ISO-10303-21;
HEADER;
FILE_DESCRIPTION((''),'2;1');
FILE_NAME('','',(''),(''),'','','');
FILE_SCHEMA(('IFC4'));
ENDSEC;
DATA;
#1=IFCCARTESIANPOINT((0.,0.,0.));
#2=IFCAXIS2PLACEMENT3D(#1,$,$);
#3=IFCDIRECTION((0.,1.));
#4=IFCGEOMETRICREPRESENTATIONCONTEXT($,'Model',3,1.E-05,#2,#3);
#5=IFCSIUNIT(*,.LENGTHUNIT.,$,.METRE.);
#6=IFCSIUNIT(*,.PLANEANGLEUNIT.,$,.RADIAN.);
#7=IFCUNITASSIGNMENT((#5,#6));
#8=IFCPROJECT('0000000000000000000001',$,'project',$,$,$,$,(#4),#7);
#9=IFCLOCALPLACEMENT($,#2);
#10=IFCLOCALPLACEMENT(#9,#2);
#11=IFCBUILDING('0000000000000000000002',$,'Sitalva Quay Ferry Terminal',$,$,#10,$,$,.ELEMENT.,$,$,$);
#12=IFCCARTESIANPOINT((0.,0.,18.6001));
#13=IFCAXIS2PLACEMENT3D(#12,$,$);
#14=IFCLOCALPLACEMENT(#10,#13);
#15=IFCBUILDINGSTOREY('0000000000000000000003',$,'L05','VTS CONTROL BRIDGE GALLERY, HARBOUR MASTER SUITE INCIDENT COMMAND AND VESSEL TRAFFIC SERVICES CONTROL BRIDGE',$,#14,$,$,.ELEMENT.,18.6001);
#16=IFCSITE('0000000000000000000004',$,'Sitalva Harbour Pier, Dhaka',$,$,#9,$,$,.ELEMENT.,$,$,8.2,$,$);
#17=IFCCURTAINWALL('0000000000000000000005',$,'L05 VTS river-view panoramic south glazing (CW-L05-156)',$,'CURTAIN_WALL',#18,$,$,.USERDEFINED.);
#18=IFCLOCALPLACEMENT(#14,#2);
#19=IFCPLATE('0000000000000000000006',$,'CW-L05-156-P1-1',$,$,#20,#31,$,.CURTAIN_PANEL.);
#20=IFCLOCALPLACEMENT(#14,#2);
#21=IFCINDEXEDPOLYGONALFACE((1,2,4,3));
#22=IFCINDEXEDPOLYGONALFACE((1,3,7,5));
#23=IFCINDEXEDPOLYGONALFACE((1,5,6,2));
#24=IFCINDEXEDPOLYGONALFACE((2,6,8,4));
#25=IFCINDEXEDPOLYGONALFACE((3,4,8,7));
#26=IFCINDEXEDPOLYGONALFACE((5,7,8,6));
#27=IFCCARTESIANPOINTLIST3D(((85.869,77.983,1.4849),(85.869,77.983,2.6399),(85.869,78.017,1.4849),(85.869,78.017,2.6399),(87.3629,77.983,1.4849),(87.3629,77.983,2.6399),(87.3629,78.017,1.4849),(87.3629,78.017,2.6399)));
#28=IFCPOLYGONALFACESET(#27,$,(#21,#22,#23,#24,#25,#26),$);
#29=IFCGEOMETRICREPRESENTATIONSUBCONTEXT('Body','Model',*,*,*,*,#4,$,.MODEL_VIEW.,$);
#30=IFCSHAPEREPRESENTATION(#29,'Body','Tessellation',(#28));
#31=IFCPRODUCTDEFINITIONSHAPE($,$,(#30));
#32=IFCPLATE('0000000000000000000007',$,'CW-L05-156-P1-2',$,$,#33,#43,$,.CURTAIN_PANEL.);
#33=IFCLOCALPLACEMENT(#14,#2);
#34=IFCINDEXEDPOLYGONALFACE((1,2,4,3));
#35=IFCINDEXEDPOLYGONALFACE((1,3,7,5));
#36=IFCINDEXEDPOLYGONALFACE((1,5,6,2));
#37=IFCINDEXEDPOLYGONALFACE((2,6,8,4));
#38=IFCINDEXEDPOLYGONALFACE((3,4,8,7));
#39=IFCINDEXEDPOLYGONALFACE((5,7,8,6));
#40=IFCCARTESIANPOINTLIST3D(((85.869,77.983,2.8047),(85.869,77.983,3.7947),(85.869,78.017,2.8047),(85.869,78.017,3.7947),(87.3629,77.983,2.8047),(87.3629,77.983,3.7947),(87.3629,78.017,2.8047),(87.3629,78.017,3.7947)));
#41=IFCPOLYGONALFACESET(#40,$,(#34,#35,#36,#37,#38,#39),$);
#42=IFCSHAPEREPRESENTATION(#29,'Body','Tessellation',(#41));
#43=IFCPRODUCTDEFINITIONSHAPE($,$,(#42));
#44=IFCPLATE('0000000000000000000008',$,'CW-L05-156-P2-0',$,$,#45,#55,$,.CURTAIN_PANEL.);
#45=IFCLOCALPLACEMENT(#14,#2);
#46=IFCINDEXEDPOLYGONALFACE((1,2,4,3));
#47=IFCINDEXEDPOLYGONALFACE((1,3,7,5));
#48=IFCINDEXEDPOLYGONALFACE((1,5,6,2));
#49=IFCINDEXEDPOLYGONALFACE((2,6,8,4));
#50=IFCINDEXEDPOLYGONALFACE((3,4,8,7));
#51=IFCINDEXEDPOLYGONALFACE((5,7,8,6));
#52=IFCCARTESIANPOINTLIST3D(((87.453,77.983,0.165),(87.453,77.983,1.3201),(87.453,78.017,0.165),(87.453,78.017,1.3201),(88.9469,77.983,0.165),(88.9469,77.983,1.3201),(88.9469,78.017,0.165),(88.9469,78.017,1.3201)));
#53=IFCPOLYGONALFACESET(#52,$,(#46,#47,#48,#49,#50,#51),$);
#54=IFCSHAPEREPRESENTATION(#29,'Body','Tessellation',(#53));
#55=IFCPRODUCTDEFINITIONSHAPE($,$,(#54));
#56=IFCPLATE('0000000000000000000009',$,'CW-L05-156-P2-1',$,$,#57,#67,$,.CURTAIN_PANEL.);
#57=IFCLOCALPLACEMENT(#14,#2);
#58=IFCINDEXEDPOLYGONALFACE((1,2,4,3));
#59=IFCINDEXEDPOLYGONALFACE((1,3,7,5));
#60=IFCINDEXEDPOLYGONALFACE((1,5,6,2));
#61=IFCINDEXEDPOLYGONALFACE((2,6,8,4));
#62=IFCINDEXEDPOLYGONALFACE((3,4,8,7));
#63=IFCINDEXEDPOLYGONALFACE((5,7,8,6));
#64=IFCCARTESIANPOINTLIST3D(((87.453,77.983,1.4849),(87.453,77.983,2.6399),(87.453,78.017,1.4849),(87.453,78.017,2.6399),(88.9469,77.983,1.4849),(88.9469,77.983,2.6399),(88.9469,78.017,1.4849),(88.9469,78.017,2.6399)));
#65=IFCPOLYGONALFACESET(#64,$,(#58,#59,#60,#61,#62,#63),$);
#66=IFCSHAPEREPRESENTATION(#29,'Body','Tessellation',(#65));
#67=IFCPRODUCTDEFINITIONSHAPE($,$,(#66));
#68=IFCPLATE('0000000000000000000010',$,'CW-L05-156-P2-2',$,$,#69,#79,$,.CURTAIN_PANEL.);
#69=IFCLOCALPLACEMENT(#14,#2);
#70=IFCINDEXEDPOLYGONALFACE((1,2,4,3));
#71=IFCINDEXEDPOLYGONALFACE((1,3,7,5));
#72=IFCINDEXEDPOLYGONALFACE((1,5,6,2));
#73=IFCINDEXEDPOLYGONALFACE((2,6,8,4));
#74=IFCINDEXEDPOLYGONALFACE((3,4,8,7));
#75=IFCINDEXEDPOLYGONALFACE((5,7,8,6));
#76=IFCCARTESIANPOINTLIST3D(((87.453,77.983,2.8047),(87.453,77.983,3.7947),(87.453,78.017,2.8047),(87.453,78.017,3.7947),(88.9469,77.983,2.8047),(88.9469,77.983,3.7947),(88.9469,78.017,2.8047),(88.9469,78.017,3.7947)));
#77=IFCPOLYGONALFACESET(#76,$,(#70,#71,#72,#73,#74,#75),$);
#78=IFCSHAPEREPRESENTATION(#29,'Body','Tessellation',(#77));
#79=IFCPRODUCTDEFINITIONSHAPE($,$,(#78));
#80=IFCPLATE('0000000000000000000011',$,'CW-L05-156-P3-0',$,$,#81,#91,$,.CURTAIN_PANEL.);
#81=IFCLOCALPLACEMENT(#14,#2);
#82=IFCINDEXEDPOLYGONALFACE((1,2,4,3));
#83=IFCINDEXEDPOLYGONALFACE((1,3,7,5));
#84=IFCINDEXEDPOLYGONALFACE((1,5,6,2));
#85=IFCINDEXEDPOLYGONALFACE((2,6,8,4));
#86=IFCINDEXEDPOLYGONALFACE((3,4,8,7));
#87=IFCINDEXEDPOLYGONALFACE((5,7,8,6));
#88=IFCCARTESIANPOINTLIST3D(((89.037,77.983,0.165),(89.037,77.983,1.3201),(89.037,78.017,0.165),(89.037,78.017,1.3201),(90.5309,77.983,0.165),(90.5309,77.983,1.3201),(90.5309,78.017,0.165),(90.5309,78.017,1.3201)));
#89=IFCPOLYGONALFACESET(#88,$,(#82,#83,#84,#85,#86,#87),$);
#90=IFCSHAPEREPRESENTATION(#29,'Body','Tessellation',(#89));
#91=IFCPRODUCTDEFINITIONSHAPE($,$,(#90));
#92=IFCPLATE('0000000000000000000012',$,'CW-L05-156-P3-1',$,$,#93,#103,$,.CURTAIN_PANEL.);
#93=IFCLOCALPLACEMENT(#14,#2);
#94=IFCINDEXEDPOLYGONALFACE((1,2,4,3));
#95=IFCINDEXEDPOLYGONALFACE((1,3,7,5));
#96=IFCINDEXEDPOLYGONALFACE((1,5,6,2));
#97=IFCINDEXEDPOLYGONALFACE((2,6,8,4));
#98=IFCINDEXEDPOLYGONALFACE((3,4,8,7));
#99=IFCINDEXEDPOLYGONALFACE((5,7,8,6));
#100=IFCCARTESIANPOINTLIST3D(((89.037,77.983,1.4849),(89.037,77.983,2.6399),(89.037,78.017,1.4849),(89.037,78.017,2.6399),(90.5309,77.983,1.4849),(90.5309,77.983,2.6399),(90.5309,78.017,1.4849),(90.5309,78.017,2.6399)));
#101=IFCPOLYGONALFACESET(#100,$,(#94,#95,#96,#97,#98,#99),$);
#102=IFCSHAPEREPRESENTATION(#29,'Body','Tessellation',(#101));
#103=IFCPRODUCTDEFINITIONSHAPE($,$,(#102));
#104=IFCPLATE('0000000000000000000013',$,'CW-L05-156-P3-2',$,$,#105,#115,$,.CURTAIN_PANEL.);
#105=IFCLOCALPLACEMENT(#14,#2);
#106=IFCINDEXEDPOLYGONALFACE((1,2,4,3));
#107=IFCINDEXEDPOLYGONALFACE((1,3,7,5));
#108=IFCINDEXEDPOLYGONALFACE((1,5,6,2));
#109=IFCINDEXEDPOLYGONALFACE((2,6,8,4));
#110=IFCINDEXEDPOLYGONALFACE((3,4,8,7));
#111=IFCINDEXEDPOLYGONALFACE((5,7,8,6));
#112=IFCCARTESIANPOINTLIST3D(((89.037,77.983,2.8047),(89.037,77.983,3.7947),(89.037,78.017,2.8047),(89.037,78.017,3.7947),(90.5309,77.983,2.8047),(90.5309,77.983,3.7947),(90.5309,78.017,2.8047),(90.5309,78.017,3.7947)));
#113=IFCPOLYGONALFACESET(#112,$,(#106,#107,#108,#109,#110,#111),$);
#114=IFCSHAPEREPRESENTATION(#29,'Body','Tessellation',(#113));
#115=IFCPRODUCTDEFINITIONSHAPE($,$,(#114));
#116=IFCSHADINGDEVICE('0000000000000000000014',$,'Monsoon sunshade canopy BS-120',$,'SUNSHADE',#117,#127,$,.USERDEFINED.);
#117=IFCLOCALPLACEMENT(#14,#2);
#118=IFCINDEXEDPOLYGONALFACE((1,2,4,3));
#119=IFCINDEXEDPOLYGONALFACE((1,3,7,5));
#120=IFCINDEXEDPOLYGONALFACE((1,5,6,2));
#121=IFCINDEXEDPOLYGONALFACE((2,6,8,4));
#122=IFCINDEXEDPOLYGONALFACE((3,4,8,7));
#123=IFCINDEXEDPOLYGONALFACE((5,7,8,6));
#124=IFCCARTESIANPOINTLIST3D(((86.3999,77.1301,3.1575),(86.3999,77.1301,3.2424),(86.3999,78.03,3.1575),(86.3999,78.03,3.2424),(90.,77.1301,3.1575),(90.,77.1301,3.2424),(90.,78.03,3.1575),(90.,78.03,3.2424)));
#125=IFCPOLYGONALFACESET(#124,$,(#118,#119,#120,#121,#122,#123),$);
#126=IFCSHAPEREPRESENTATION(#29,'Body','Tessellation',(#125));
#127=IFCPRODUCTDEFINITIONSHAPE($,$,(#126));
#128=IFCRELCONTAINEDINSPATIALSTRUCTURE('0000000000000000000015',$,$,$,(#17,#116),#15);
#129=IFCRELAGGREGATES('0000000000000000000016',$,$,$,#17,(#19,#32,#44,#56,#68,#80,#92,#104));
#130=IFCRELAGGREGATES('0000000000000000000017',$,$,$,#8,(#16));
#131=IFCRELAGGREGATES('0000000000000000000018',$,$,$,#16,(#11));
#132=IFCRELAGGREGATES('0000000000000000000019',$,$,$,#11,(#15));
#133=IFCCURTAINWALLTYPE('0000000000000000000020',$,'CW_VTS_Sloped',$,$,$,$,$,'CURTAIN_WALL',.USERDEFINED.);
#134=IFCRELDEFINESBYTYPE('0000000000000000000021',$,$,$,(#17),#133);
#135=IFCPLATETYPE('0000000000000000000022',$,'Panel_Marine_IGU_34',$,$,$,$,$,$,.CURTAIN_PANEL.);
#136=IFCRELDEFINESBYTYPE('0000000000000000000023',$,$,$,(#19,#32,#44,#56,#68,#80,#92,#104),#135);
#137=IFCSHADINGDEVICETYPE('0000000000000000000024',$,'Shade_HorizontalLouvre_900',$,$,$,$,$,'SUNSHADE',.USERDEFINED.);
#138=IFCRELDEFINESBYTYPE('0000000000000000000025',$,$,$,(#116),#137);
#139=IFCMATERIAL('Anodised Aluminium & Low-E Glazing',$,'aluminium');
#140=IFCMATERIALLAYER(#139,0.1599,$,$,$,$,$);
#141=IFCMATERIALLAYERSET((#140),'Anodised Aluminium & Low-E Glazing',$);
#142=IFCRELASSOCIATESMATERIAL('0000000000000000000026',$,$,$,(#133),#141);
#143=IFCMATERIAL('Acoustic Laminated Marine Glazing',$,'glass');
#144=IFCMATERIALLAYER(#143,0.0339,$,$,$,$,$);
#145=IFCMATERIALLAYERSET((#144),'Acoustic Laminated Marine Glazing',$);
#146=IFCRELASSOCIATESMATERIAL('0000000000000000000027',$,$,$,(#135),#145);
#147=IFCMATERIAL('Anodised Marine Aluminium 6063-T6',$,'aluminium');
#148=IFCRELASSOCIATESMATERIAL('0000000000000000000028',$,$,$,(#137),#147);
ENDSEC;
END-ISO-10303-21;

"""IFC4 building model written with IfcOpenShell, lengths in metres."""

from ifc_helpers import new_model, si_unit, direction, frame, origin, origin_2d, place, context, subcontext, project, spatial, rectangle, extrude, material, layer, layer_set, type_object, element, aggregate, save


model = new_model("IFC4")

# Units and contexts
model_context = context("Model", 3, precision=1e-05, world=origin(), true_north=direction((0.0, 1.0)))
body_context = subcontext(model_context, "Body", "Model", "MODEL_VIEW")
ifc_project = project(units=[si_unit("LENGTHUNIT", "METRE"), si_unit("PLANEANGLEUNIT", "RADIAN")], contexts=[model_context])

# Site, building, storey
site_placement = place(None, origin())
site = spatial("IfcSite", under=ifc_project, at=site_placement, Name="Sitalva Harbour Pier, Dhaka", CompositionType="ELEMENT", RefElevation=8.2)
building_placement = place(site_placement, origin())
building = spatial("IfcBuilding", under=site, at=building_placement, Name="Sitalva Quay Ferry Terminal", CompositionType="ELEMENT")
storey_placement = place(building_placement, frame((0.0, 0.0, 18.6001)))
storey = spatial("IfcBuildingStorey", under=building, at=storey_placement, Name="L05", Description="VTS CONTROL BRIDGE GALLERY, HARBOUR MASTER SUITE INCIDENT COMMAND AND VESSEL TRAFFIC SERVICES CONTROL BRIDGE", CompositionType="ELEMENT", Elevation=18.6001)

# Curtain wall, plates
ifc_material_1 = material(Name="Anodised Aluminium & Low-E Glazing", Category="aluminium")
ifc_layer_1 = layer(ifc_material_1, 0.1599)
ifc_layer_set_1 = layer_set([ifc_layer_1], Name="Anodised Aluminium & Low-E Glazing")
curtain_wall_type = type_object("IfcCurtainWallType", Name="CW_VTS_Sloped", ElementType="CURTAIN_WALL", PredefinedType="USERDEFINED", material=ifc_layer_set_1)
curtain_wall_placement = place(storey_placement, origin())
curtain_wall = element("IfcCurtainWall", 1, at=curtain_wall_placement, inside=storey, type_object=curtain_wall_type, Name="L05 VTS river-view panoramic south glazing (CW-L05-156)", ObjectType="CURTAIN_WALL", PredefinedType="USERDEFINED")
ifc_material_2 = material(Name="Acoustic Laminated Marine Glazing", Category="glass")
ifc_layer_2 = layer(ifc_material_2, 0.0339)
ifc_layer_set_2 = layer_set([ifc_layer_2], Name="Acoustic Laminated Marine Glazing")
plate_type = type_object("IfcPlateType", Name="Panel_Marine_IGU_34", PredefinedType="CURTAIN_PANEL", material=ifc_layer_set_2)
plate_1_placement = place(storey_placement, frame((86.616, 78.0, 1.4849), z_axis=(0.0, 0.0, 1.0), x_axis=(1.0, 0.0, 0.0)))
plate_1 = element("IfcPlate", 2, at=plate_1_placement, type_object=plate_type, Name="CW-L05-156-P1-1", PredefinedType="CURTAIN_PANEL", context=body_context, shape_type="SweptSolid", body=[
    extrude(rectangle(XDim=1.4939, YDim=0.0339, at=origin_2d()), origin(), (0.0, 0.0, 1.0), 1.155),
])
plate_2_placement = place(storey_placement, frame((86.616, 78.0, 2.8047), z_axis=(0.0, 0.0, 1.0), x_axis=(1.0, 0.0, 0.0)))
plate_2 = element("IfcPlate", 3, at=plate_2_placement, type_object=plate_type, Name="CW-L05-156-P1-2", PredefinedType="CURTAIN_PANEL", context=body_context, shape_type="SweptSolid", body=[
    extrude(rectangle(XDim=1.4939, YDim=0.0339, at=origin_2d()), origin(), (0.0, 0.0, 1.0), 0.99),
])
plate_3_placement = place(storey_placement, frame((88.2, 78.0, 0.165), z_axis=(0.0, 0.0, 1.0), x_axis=(1.0, 0.0, 0.0)))
plate_3 = element("IfcPlate", 4, at=plate_3_placement, type_object=plate_type, Name="CW-L05-156-P2-0", PredefinedType="CURTAIN_PANEL", context=body_context, shape_type="SweptSolid", body=[
    extrude(rectangle(XDim=1.4939, YDim=0.0339, at=origin_2d()), origin(), (0.0, 0.0, 1.0), 1.155),
])
plate_4_placement = place(storey_placement, frame((88.2, 78.0, 1.4849), z_axis=(0.0, 0.0, 1.0), x_axis=(1.0, 0.0, 0.0)))
plate_4 = element("IfcPlate", 5, at=plate_4_placement, type_object=plate_type, Name="CW-L05-156-P2-1", PredefinedType="CURTAIN_PANEL", context=body_context, shape_type="SweptSolid", body=[
    extrude(rectangle(XDim=1.4939, YDim=0.0339, at=origin_2d()), origin(), (0.0, 0.0, 1.0), 1.155),
])
plate_5_placement = place(storey_placement, frame((88.2, 78.0, 2.8047), z_axis=(0.0, 0.0, 1.0), x_axis=(1.0, 0.0, 0.0)))
plate_5 = element("IfcPlate", 6, at=plate_5_placement, type_object=plate_type, Name="CW-L05-156-P2-2", PredefinedType="CURTAIN_PANEL", context=body_context, shape_type="SweptSolid", body=[
    extrude(rectangle(XDim=1.4939, YDim=0.0339, at=origin_2d()), origin(), (0.0, 0.0, 1.0), 0.99),
])
plate_6_placement = place(storey_placement, frame((89.7839, 78.0, 0.165), z_axis=(0.0, 0.0, 1.0), x_axis=(1.0, 0.0, 0.0)))
plate_6 = element("IfcPlate", 7, at=plate_6_placement, type_object=plate_type, Name="CW-L05-156-P3-0", PredefinedType="CURTAIN_PANEL", context=body_context, shape_type="SweptSolid", body=[
    extrude(rectangle(XDim=1.4939, YDim=0.0339, at=origin_2d()), origin(), (0.0, 0.0, 1.0), 1.155),
])
plate_7_placement = place(storey_placement, frame((89.7839, 78.0, 1.4849), z_axis=(0.0, 0.0, 1.0), x_axis=(1.0, 0.0, 0.0)))
plate_7 = element("IfcPlate", 8, at=plate_7_placement, type_object=plate_type, Name="CW-L05-156-P3-1", PredefinedType="CURTAIN_PANEL", context=body_context, shape_type="SweptSolid", body=[
    extrude(rectangle(XDim=1.4939, YDim=0.0339, at=origin_2d()), origin(), (0.0, 0.0, 1.0), 1.155),
])
plate_8_placement = place(storey_placement, frame((89.7839, 78.0, 2.8047), z_axis=(0.0, 0.0, 1.0), x_axis=(1.0, 0.0, 0.0)))
plate_8 = element("IfcPlate", 9, at=plate_8_placement, type_object=plate_type, Name="CW-L05-156-P3-2", PredefinedType="CURTAIN_PANEL", context=body_context, shape_type="SweptSolid", body=[
    extrude(rectangle(XDim=1.4939, YDim=0.0339, at=origin_2d()), origin(), (0.0, 0.0, 1.0), 0.99),
])
aggregate(curtain_wall, [plate_1, plate_2, plate_3, plate_4, plate_5, plate_6, plate_7, plate_8])

# Shading device
ifc_material_3 = material(Name="Anodised Marine Aluminium 6063-T6", Category="aluminium")
shading_device_type = type_object("IfcShadingDeviceType", Name="Shade_HorizontalLouvre_900", ElementType="SUNSHADE", PredefinedType="USERDEFINED", material=ifc_material_3)
shading_device_placement = place(storey_placement, frame((88.2, 77.5801, 3.1575), z_axis=(0.0, 0.0, 1.0), x_axis=(1.0, 0.0, 0.0)))
element("IfcShadingDevice", 10, at=shading_device_placement, inside=storey, type_object=shading_device_type, Name="Monsoon sunshade canopy BS-120", ObjectType="SUNSHADE", PredefinedType="USERDEFINED", context=body_context, shape_type="SweptSolid", body=[
    extrude(rectangle(XDim=3.6001, YDim=0.8999, at=origin_2d()), origin(), (0.0, 0.0, 1.0), 0.085),
])

save(model, "model.ifc")
